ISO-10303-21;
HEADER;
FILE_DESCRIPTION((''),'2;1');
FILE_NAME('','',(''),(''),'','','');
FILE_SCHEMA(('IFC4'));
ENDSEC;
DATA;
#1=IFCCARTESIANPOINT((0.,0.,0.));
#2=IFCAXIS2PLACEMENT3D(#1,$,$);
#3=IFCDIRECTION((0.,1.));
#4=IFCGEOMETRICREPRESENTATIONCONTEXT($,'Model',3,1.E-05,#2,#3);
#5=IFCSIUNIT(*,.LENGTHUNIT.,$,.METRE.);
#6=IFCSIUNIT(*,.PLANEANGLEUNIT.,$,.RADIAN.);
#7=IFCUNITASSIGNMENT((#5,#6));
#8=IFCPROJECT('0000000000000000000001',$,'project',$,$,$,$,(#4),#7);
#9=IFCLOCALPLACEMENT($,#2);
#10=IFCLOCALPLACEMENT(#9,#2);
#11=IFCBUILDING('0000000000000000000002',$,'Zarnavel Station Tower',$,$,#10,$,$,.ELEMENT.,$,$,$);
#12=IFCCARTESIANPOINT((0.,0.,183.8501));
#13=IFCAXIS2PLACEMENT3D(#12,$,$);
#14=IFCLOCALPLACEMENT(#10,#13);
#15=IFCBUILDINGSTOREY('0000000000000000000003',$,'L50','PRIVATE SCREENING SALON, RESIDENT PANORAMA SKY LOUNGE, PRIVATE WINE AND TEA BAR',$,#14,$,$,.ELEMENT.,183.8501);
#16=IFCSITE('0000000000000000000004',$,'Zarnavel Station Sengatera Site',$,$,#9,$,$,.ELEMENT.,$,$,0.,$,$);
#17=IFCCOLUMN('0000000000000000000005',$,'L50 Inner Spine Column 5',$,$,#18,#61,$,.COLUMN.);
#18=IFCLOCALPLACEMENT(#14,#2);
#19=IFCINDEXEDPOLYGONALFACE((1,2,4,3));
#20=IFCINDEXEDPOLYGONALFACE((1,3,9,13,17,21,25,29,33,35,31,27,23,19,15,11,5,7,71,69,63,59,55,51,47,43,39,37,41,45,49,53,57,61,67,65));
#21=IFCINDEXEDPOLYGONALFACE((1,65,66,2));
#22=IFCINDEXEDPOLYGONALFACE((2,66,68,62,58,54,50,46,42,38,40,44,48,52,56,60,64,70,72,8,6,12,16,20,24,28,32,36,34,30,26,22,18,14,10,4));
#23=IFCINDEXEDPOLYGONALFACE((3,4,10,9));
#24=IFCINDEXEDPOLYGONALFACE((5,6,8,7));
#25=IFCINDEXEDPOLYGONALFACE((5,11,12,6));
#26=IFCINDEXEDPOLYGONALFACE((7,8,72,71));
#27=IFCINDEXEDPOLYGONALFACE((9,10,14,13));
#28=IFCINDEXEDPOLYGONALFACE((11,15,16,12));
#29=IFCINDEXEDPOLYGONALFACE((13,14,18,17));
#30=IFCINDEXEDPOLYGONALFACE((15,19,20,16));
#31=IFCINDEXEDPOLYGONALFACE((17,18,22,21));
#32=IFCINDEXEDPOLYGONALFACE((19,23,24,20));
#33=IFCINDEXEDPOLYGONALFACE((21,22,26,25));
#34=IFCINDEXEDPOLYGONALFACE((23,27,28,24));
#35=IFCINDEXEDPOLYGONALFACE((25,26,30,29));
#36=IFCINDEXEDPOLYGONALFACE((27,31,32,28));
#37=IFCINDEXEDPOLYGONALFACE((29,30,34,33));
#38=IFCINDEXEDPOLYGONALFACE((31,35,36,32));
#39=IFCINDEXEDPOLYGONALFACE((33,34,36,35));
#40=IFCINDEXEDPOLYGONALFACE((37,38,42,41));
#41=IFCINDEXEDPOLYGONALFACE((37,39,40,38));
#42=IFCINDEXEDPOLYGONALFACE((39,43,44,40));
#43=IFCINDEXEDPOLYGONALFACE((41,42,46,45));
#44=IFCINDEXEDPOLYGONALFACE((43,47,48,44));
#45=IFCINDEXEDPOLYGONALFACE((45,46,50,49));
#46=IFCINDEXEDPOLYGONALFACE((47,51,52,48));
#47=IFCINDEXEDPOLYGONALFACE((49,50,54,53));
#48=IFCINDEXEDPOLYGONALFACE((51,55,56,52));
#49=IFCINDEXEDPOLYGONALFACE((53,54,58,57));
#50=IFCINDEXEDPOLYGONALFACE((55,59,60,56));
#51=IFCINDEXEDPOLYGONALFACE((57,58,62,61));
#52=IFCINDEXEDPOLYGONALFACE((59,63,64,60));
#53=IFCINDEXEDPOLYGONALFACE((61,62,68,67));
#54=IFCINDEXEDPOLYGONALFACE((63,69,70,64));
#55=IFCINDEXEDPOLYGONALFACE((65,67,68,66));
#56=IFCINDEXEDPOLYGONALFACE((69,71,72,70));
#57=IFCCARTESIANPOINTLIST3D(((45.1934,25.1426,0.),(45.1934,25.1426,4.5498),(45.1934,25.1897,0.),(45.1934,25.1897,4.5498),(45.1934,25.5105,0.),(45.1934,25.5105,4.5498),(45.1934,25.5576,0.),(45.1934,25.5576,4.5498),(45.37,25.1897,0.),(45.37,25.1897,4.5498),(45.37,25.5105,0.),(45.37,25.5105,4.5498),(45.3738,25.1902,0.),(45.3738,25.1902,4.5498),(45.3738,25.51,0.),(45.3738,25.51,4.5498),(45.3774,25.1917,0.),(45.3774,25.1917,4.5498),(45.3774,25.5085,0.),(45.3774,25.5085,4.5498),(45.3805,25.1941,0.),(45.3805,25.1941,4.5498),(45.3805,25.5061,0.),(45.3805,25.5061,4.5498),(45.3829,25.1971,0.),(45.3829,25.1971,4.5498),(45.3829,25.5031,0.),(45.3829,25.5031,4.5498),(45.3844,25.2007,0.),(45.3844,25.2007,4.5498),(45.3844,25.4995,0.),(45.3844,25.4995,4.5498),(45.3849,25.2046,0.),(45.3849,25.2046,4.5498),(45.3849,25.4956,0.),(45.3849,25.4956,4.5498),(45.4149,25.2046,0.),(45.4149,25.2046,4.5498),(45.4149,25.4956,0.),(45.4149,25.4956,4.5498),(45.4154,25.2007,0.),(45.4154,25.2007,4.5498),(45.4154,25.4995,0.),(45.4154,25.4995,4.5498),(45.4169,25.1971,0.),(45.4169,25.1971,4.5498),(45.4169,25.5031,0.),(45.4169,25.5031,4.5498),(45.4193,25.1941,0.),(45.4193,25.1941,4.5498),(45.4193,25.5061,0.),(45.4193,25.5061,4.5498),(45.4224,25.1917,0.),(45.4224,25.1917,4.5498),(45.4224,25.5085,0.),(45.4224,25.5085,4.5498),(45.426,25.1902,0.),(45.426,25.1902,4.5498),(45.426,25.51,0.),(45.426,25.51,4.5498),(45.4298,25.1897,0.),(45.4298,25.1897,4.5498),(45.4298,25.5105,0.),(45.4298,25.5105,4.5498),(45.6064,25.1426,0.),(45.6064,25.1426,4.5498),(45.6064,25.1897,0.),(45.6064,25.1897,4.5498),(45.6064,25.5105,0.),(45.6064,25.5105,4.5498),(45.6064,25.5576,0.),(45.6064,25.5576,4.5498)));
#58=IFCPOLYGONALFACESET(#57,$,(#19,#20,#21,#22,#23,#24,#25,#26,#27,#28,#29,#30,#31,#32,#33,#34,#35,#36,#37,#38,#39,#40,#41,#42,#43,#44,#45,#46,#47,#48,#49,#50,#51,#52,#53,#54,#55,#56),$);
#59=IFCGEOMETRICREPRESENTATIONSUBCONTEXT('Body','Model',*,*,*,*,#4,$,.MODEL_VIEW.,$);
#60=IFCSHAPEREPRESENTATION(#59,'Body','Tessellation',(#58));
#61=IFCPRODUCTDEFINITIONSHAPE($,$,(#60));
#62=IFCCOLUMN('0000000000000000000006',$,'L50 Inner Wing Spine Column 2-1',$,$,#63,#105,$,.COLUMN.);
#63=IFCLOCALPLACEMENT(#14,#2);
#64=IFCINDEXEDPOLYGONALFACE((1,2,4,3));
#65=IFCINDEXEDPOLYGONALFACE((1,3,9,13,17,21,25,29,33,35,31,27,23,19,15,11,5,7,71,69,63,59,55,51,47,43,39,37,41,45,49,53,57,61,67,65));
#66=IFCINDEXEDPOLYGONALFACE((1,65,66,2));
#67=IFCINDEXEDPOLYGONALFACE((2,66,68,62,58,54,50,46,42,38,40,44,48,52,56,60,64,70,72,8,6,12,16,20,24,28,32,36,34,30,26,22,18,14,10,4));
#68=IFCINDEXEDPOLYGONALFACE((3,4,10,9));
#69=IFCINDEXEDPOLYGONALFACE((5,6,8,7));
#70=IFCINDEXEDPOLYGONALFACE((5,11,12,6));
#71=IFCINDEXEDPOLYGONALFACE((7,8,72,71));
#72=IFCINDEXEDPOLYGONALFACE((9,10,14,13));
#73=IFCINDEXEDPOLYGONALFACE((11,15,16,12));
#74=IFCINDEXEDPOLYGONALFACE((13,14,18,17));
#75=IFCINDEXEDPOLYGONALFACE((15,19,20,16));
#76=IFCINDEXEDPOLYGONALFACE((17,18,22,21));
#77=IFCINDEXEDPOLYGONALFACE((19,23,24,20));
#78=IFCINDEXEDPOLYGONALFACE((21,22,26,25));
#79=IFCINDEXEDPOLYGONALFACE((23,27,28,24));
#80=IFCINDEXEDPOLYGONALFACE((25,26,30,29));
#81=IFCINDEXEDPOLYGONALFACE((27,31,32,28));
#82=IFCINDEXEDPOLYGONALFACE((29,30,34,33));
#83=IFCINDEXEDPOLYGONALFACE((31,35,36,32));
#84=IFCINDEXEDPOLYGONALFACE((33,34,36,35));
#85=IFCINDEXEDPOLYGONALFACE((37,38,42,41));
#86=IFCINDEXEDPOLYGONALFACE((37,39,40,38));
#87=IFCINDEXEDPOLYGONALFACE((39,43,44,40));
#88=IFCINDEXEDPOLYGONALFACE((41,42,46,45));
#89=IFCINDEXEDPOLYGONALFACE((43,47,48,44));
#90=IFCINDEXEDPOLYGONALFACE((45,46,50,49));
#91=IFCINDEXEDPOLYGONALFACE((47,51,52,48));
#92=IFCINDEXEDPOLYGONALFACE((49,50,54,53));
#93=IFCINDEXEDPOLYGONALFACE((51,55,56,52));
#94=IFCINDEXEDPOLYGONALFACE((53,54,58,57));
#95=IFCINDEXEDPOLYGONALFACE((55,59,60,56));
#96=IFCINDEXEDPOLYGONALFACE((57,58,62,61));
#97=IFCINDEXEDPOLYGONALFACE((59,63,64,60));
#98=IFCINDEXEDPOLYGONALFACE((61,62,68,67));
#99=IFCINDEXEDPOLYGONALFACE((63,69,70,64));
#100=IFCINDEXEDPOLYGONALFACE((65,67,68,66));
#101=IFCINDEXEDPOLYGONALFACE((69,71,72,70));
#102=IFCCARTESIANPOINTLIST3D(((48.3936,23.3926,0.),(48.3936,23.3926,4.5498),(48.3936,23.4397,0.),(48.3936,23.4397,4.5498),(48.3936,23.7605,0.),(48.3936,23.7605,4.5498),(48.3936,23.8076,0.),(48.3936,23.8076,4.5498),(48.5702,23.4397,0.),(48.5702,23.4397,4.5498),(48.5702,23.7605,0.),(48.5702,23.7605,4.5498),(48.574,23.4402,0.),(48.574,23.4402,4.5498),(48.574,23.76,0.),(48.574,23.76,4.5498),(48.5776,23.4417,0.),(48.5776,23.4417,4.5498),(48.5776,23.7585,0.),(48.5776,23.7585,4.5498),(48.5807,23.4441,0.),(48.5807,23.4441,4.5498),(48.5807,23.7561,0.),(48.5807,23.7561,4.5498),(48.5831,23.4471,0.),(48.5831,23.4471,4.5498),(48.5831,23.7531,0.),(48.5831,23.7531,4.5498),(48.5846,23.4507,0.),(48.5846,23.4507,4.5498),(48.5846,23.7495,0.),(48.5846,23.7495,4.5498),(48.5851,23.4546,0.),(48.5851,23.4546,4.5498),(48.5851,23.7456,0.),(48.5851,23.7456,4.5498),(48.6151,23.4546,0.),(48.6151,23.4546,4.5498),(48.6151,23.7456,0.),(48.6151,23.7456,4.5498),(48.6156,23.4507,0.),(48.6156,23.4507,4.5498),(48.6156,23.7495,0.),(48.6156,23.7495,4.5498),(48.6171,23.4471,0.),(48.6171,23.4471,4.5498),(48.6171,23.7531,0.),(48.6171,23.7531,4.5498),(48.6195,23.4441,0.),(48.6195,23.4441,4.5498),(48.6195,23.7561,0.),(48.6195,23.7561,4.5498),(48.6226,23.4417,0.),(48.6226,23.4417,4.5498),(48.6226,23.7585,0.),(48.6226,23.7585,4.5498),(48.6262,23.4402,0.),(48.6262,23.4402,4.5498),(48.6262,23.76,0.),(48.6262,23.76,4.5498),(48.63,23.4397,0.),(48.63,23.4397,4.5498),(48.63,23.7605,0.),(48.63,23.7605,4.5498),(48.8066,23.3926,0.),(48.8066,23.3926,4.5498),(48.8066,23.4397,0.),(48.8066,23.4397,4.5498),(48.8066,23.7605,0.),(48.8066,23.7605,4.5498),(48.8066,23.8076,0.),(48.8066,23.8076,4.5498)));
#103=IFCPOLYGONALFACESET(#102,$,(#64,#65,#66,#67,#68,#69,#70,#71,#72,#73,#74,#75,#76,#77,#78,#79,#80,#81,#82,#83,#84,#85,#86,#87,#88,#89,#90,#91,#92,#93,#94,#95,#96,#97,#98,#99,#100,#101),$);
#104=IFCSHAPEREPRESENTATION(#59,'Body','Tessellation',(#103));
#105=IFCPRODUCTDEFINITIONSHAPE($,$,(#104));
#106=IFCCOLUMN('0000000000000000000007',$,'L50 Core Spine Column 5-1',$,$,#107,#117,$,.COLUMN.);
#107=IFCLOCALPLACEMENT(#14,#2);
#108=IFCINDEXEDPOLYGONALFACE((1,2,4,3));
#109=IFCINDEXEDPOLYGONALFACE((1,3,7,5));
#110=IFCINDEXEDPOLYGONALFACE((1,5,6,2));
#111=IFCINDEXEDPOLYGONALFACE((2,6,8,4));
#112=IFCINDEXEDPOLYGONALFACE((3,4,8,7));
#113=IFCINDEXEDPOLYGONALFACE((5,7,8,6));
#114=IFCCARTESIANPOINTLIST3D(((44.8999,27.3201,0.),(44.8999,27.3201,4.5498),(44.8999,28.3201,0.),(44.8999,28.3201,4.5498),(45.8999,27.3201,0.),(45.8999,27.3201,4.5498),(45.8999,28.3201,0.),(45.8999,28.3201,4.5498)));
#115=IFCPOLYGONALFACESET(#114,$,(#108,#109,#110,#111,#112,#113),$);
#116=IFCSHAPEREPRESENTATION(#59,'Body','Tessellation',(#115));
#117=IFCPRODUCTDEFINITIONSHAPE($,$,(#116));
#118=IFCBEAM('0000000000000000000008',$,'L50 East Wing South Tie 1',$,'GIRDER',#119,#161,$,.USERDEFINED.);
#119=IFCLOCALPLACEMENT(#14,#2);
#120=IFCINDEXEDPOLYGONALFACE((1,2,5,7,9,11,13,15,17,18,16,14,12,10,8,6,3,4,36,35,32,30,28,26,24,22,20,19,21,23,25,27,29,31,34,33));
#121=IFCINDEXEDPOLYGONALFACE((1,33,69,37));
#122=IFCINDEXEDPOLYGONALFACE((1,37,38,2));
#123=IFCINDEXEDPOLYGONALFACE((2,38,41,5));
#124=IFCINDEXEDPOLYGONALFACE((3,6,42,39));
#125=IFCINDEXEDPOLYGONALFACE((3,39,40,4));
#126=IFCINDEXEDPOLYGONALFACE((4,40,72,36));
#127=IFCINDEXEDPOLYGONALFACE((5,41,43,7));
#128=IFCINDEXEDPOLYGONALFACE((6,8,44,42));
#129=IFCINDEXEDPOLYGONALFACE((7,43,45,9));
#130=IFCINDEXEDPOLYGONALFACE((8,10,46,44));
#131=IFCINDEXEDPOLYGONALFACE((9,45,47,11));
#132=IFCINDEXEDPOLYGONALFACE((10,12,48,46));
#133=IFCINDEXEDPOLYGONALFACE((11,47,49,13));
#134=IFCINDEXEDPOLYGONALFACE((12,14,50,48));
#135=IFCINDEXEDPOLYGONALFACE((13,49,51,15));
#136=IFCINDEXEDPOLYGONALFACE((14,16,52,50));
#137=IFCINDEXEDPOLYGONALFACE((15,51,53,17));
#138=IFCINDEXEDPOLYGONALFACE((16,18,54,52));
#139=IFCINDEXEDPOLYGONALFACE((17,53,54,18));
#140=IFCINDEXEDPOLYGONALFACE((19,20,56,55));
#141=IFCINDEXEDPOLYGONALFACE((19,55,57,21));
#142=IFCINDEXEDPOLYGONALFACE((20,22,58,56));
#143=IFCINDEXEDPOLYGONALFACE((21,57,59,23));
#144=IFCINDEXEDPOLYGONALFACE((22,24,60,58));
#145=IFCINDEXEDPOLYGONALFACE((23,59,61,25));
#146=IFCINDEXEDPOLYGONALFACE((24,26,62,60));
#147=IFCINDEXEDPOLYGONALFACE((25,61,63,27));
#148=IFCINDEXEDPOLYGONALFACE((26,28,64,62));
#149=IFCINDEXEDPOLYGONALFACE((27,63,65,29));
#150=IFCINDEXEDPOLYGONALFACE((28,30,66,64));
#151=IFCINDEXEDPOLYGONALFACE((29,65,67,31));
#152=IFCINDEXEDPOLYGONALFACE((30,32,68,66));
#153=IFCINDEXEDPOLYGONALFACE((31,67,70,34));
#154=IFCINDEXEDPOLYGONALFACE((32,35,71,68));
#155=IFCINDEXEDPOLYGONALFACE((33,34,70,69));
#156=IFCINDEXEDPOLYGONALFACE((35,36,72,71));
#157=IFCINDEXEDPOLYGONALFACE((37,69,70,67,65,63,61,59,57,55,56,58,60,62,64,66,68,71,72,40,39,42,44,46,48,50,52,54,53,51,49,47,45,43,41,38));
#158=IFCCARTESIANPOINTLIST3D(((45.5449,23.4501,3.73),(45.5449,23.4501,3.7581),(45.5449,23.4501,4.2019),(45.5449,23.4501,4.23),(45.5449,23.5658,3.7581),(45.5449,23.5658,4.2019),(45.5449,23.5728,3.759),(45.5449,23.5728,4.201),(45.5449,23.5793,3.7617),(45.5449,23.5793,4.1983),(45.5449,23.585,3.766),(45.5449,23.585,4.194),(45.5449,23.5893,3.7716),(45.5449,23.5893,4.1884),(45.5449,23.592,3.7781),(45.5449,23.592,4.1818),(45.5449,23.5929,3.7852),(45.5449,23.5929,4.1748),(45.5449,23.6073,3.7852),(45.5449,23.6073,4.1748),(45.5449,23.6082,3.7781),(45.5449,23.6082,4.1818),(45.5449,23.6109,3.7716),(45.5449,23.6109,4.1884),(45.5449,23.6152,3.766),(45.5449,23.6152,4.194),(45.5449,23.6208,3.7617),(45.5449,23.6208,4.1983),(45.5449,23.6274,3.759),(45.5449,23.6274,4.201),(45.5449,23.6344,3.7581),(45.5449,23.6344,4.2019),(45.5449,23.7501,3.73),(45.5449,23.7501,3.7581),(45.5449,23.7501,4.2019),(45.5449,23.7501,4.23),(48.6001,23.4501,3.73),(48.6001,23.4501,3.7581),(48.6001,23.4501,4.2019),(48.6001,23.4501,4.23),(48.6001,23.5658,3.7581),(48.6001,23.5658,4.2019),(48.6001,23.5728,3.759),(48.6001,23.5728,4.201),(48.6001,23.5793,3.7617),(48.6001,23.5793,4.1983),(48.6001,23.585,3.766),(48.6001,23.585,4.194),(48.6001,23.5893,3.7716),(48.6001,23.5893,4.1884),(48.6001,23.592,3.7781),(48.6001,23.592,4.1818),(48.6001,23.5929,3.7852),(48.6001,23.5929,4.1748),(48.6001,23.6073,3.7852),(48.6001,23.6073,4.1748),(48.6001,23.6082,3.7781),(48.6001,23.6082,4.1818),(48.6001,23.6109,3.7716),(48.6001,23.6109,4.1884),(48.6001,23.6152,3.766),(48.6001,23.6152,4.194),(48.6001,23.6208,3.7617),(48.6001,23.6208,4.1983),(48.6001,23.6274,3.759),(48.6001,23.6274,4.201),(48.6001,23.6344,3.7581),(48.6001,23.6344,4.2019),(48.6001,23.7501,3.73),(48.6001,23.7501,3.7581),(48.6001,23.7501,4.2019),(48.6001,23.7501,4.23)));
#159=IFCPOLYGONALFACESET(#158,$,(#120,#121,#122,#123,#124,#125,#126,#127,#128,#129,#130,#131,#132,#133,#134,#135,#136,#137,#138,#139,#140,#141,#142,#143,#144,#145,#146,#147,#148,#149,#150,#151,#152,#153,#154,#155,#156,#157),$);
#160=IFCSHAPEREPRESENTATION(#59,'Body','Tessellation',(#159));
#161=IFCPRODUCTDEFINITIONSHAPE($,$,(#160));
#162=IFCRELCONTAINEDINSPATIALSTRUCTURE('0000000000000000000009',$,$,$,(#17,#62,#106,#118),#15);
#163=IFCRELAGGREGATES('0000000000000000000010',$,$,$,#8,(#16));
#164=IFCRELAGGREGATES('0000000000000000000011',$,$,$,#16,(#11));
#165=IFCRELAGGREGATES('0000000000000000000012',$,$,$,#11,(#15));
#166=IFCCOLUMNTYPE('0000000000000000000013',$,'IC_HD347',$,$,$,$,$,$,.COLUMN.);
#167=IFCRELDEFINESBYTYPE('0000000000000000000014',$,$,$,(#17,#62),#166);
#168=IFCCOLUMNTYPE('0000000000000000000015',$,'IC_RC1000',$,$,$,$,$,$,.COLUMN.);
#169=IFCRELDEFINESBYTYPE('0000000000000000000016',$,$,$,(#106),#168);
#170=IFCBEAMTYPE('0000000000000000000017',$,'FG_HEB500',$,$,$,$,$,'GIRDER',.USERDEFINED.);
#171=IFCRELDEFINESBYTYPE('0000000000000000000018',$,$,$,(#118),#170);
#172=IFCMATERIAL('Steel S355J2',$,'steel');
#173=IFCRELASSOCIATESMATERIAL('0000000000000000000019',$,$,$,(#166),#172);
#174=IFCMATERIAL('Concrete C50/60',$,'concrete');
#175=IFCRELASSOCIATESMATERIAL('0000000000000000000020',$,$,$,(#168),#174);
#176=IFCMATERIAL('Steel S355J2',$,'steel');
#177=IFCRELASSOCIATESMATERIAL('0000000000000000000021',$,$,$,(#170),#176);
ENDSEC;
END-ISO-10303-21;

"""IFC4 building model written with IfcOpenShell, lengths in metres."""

from ifc_helpers import new_model, si_unit, direction, frame, origin, origin_2d, place, context, subcontext, project, spatial, rectangle, i_section, extrude, material, material_profile, profile_set, type_object, element, save


model = new_model("IFC4")

# Units and contexts
model_context = context("Model", 3, precision=1e-05, world=origin(), true_north=direction((0.0, 1.0)))
body_context = subcontext(model_context, "Body", "Model", "MODEL_VIEW")
ifc_project = project(units=[si_unit("LENGTHUNIT", "METRE"), si_unit("PLANEANGLEUNIT", "RADIAN")], contexts=[model_context])

# Site, building, storey
site_placement = place(None, origin())
site = spatial("IfcSite", under=ifc_project, at=site_placement, Name="Zarnavel Station Sengatera Site", CompositionType="ELEMENT", RefElevation=0.0)
building_placement = place(site_placement, origin())
building = spatial("IfcBuilding", under=site, at=building_placement, Name="Zarnavel Station Tower", CompositionType="ELEMENT")
storey_placement = place(building_placement, frame((0.0, 0.0, 183.8501)))
storey = spatial("IfcBuildingStorey", under=building, at=storey_placement, Name="L50", Description="PRIVATE SCREENING SALON, RESIDENT PANORAMA SKY LOUNGE, PRIVATE WINE AND TEA BAR", CompositionType="ELEMENT", Elevation=183.8501)

# Columns
ifc_material_1 = material(Name="Steel S355J2", Category="steel")
ifc_material_profile_1 = material_profile(ifc_material_1, i_section(OverallWidth=0.4131, OverallDepth=0.415, WebThickness=0.03, FlangeThickness=0.0471, FilletRadius=0.0149, at=origin_2d()), Name="HD400x347")
ifc_profile_set_1 = profile_set([ifc_material_profile_1], Name="Steel S355J2")
column_type_1 = type_object("IfcColumnType", Name="IC_HD347", PredefinedType="COLUMN", material=ifc_profile_set_1)
for number, where, z_axis, x_axis, name in (
    (1, (45.3999, 25.3501, 0.0), (0.0, 0.0, 1.0), (1.0, 0.0, 0.0), "L50 Inner Spine Column 5"),
    (2, (48.6001, 23.6001, 0.0), (0.0, 0.0, 1.0), (1.0, 0.0, 0.0), "L50 Inner Wing Spine Column 2-1"),
):
    element("IfcColumn", number, at=place(storey_placement, frame(where, z_axis=z_axis, x_axis=x_axis)), inside=storey, type_object=column_type_1, Name=name, PredefinedType="COLUMN", context=body_context, shape_type="SweptSolid", body=[
        extrude(i_section(OverallWidth=0.4131, OverallDepth=0.415, WebThickness=0.03, FlangeThickness=0.0471, FilletRadius=0.0149, at=origin_2d()), origin(), (0.0, 0.0, 1.0), 4.5498),
    ])
ifc_material_2 = material(Name="Concrete C50/60", Category="concrete")
ifc_material_profile_2 = material_profile(ifc_material_2, rectangle(XDim=1.0, YDim=1.0, at=origin_2d()), Name="RC1000x1000")
ifc_profile_set_2 = profile_set([ifc_material_profile_2], Name="Concrete C50/60")
column_type_2 = type_object("IfcColumnType", Name="IC_RC1000", PredefinedType="COLUMN", material=ifc_profile_set_2)
column_placement = place(storey_placement, frame((45.3999, 27.8201, 0.0), z_axis=(0.0, 0.0, 1.0), x_axis=(1.0, 0.0, 0.0)))
element("IfcColumn", 3, at=column_placement, inside=storey, type_object=column_type_2, Name="L50 Core Spine Column 5-1", PredefinedType="COLUMN", context=body_context, shape_type="SweptSolid", body=[
    extrude(rectangle(XDim=1.0, YDim=1.0, at=origin_2d()), origin(), (0.0, 0.0, 1.0), 4.5498),
])

# Beam
ifc_material_3 = material(Name="Steel S355J2", Category="steel")
ifc_material_profile_3 = material_profile(ifc_material_3, i_section(OverallWidth=0.3, OverallDepth=0.5, WebThickness=0.0144, FlangeThickness=0.0281, FilletRadius=0.0271, at=origin_2d()), Name="HEB500")
ifc_profile_set_3 = profile_set([ifc_material_profile_3], Name="Steel S355J2")
beam_type_1 = type_object("IfcBeamType", Name="FG_HEB500", ElementType="GIRDER", PredefinedType="USERDEFINED", material=ifc_profile_set_3)
beam_1_placement = place(storey_placement, frame((45.5449, 23.6001, 3.98), z_axis=(1.0, 0.0, 0.0), x_axis=(0.0, 1.0, 0.0)))
element("IfcBeam", 4, at=beam_1_placement, inside=storey, type_object=beam_type_1, Name="L50 East Wing South Tie 1", ObjectType="GIRDER", PredefinedType="USERDEFINED", context=body_context, shape_type="SweptSolid", body=[
    extrude(i_section(OverallWidth=0.3, OverallDepth=0.5, WebThickness=0.0144, FlangeThickness=0.0281, FilletRadius=0.0271, at=origin_2d()), origin(), (0.0, 0.0, 1.0), 3.0552),
])

save(model, "model.ifc")
